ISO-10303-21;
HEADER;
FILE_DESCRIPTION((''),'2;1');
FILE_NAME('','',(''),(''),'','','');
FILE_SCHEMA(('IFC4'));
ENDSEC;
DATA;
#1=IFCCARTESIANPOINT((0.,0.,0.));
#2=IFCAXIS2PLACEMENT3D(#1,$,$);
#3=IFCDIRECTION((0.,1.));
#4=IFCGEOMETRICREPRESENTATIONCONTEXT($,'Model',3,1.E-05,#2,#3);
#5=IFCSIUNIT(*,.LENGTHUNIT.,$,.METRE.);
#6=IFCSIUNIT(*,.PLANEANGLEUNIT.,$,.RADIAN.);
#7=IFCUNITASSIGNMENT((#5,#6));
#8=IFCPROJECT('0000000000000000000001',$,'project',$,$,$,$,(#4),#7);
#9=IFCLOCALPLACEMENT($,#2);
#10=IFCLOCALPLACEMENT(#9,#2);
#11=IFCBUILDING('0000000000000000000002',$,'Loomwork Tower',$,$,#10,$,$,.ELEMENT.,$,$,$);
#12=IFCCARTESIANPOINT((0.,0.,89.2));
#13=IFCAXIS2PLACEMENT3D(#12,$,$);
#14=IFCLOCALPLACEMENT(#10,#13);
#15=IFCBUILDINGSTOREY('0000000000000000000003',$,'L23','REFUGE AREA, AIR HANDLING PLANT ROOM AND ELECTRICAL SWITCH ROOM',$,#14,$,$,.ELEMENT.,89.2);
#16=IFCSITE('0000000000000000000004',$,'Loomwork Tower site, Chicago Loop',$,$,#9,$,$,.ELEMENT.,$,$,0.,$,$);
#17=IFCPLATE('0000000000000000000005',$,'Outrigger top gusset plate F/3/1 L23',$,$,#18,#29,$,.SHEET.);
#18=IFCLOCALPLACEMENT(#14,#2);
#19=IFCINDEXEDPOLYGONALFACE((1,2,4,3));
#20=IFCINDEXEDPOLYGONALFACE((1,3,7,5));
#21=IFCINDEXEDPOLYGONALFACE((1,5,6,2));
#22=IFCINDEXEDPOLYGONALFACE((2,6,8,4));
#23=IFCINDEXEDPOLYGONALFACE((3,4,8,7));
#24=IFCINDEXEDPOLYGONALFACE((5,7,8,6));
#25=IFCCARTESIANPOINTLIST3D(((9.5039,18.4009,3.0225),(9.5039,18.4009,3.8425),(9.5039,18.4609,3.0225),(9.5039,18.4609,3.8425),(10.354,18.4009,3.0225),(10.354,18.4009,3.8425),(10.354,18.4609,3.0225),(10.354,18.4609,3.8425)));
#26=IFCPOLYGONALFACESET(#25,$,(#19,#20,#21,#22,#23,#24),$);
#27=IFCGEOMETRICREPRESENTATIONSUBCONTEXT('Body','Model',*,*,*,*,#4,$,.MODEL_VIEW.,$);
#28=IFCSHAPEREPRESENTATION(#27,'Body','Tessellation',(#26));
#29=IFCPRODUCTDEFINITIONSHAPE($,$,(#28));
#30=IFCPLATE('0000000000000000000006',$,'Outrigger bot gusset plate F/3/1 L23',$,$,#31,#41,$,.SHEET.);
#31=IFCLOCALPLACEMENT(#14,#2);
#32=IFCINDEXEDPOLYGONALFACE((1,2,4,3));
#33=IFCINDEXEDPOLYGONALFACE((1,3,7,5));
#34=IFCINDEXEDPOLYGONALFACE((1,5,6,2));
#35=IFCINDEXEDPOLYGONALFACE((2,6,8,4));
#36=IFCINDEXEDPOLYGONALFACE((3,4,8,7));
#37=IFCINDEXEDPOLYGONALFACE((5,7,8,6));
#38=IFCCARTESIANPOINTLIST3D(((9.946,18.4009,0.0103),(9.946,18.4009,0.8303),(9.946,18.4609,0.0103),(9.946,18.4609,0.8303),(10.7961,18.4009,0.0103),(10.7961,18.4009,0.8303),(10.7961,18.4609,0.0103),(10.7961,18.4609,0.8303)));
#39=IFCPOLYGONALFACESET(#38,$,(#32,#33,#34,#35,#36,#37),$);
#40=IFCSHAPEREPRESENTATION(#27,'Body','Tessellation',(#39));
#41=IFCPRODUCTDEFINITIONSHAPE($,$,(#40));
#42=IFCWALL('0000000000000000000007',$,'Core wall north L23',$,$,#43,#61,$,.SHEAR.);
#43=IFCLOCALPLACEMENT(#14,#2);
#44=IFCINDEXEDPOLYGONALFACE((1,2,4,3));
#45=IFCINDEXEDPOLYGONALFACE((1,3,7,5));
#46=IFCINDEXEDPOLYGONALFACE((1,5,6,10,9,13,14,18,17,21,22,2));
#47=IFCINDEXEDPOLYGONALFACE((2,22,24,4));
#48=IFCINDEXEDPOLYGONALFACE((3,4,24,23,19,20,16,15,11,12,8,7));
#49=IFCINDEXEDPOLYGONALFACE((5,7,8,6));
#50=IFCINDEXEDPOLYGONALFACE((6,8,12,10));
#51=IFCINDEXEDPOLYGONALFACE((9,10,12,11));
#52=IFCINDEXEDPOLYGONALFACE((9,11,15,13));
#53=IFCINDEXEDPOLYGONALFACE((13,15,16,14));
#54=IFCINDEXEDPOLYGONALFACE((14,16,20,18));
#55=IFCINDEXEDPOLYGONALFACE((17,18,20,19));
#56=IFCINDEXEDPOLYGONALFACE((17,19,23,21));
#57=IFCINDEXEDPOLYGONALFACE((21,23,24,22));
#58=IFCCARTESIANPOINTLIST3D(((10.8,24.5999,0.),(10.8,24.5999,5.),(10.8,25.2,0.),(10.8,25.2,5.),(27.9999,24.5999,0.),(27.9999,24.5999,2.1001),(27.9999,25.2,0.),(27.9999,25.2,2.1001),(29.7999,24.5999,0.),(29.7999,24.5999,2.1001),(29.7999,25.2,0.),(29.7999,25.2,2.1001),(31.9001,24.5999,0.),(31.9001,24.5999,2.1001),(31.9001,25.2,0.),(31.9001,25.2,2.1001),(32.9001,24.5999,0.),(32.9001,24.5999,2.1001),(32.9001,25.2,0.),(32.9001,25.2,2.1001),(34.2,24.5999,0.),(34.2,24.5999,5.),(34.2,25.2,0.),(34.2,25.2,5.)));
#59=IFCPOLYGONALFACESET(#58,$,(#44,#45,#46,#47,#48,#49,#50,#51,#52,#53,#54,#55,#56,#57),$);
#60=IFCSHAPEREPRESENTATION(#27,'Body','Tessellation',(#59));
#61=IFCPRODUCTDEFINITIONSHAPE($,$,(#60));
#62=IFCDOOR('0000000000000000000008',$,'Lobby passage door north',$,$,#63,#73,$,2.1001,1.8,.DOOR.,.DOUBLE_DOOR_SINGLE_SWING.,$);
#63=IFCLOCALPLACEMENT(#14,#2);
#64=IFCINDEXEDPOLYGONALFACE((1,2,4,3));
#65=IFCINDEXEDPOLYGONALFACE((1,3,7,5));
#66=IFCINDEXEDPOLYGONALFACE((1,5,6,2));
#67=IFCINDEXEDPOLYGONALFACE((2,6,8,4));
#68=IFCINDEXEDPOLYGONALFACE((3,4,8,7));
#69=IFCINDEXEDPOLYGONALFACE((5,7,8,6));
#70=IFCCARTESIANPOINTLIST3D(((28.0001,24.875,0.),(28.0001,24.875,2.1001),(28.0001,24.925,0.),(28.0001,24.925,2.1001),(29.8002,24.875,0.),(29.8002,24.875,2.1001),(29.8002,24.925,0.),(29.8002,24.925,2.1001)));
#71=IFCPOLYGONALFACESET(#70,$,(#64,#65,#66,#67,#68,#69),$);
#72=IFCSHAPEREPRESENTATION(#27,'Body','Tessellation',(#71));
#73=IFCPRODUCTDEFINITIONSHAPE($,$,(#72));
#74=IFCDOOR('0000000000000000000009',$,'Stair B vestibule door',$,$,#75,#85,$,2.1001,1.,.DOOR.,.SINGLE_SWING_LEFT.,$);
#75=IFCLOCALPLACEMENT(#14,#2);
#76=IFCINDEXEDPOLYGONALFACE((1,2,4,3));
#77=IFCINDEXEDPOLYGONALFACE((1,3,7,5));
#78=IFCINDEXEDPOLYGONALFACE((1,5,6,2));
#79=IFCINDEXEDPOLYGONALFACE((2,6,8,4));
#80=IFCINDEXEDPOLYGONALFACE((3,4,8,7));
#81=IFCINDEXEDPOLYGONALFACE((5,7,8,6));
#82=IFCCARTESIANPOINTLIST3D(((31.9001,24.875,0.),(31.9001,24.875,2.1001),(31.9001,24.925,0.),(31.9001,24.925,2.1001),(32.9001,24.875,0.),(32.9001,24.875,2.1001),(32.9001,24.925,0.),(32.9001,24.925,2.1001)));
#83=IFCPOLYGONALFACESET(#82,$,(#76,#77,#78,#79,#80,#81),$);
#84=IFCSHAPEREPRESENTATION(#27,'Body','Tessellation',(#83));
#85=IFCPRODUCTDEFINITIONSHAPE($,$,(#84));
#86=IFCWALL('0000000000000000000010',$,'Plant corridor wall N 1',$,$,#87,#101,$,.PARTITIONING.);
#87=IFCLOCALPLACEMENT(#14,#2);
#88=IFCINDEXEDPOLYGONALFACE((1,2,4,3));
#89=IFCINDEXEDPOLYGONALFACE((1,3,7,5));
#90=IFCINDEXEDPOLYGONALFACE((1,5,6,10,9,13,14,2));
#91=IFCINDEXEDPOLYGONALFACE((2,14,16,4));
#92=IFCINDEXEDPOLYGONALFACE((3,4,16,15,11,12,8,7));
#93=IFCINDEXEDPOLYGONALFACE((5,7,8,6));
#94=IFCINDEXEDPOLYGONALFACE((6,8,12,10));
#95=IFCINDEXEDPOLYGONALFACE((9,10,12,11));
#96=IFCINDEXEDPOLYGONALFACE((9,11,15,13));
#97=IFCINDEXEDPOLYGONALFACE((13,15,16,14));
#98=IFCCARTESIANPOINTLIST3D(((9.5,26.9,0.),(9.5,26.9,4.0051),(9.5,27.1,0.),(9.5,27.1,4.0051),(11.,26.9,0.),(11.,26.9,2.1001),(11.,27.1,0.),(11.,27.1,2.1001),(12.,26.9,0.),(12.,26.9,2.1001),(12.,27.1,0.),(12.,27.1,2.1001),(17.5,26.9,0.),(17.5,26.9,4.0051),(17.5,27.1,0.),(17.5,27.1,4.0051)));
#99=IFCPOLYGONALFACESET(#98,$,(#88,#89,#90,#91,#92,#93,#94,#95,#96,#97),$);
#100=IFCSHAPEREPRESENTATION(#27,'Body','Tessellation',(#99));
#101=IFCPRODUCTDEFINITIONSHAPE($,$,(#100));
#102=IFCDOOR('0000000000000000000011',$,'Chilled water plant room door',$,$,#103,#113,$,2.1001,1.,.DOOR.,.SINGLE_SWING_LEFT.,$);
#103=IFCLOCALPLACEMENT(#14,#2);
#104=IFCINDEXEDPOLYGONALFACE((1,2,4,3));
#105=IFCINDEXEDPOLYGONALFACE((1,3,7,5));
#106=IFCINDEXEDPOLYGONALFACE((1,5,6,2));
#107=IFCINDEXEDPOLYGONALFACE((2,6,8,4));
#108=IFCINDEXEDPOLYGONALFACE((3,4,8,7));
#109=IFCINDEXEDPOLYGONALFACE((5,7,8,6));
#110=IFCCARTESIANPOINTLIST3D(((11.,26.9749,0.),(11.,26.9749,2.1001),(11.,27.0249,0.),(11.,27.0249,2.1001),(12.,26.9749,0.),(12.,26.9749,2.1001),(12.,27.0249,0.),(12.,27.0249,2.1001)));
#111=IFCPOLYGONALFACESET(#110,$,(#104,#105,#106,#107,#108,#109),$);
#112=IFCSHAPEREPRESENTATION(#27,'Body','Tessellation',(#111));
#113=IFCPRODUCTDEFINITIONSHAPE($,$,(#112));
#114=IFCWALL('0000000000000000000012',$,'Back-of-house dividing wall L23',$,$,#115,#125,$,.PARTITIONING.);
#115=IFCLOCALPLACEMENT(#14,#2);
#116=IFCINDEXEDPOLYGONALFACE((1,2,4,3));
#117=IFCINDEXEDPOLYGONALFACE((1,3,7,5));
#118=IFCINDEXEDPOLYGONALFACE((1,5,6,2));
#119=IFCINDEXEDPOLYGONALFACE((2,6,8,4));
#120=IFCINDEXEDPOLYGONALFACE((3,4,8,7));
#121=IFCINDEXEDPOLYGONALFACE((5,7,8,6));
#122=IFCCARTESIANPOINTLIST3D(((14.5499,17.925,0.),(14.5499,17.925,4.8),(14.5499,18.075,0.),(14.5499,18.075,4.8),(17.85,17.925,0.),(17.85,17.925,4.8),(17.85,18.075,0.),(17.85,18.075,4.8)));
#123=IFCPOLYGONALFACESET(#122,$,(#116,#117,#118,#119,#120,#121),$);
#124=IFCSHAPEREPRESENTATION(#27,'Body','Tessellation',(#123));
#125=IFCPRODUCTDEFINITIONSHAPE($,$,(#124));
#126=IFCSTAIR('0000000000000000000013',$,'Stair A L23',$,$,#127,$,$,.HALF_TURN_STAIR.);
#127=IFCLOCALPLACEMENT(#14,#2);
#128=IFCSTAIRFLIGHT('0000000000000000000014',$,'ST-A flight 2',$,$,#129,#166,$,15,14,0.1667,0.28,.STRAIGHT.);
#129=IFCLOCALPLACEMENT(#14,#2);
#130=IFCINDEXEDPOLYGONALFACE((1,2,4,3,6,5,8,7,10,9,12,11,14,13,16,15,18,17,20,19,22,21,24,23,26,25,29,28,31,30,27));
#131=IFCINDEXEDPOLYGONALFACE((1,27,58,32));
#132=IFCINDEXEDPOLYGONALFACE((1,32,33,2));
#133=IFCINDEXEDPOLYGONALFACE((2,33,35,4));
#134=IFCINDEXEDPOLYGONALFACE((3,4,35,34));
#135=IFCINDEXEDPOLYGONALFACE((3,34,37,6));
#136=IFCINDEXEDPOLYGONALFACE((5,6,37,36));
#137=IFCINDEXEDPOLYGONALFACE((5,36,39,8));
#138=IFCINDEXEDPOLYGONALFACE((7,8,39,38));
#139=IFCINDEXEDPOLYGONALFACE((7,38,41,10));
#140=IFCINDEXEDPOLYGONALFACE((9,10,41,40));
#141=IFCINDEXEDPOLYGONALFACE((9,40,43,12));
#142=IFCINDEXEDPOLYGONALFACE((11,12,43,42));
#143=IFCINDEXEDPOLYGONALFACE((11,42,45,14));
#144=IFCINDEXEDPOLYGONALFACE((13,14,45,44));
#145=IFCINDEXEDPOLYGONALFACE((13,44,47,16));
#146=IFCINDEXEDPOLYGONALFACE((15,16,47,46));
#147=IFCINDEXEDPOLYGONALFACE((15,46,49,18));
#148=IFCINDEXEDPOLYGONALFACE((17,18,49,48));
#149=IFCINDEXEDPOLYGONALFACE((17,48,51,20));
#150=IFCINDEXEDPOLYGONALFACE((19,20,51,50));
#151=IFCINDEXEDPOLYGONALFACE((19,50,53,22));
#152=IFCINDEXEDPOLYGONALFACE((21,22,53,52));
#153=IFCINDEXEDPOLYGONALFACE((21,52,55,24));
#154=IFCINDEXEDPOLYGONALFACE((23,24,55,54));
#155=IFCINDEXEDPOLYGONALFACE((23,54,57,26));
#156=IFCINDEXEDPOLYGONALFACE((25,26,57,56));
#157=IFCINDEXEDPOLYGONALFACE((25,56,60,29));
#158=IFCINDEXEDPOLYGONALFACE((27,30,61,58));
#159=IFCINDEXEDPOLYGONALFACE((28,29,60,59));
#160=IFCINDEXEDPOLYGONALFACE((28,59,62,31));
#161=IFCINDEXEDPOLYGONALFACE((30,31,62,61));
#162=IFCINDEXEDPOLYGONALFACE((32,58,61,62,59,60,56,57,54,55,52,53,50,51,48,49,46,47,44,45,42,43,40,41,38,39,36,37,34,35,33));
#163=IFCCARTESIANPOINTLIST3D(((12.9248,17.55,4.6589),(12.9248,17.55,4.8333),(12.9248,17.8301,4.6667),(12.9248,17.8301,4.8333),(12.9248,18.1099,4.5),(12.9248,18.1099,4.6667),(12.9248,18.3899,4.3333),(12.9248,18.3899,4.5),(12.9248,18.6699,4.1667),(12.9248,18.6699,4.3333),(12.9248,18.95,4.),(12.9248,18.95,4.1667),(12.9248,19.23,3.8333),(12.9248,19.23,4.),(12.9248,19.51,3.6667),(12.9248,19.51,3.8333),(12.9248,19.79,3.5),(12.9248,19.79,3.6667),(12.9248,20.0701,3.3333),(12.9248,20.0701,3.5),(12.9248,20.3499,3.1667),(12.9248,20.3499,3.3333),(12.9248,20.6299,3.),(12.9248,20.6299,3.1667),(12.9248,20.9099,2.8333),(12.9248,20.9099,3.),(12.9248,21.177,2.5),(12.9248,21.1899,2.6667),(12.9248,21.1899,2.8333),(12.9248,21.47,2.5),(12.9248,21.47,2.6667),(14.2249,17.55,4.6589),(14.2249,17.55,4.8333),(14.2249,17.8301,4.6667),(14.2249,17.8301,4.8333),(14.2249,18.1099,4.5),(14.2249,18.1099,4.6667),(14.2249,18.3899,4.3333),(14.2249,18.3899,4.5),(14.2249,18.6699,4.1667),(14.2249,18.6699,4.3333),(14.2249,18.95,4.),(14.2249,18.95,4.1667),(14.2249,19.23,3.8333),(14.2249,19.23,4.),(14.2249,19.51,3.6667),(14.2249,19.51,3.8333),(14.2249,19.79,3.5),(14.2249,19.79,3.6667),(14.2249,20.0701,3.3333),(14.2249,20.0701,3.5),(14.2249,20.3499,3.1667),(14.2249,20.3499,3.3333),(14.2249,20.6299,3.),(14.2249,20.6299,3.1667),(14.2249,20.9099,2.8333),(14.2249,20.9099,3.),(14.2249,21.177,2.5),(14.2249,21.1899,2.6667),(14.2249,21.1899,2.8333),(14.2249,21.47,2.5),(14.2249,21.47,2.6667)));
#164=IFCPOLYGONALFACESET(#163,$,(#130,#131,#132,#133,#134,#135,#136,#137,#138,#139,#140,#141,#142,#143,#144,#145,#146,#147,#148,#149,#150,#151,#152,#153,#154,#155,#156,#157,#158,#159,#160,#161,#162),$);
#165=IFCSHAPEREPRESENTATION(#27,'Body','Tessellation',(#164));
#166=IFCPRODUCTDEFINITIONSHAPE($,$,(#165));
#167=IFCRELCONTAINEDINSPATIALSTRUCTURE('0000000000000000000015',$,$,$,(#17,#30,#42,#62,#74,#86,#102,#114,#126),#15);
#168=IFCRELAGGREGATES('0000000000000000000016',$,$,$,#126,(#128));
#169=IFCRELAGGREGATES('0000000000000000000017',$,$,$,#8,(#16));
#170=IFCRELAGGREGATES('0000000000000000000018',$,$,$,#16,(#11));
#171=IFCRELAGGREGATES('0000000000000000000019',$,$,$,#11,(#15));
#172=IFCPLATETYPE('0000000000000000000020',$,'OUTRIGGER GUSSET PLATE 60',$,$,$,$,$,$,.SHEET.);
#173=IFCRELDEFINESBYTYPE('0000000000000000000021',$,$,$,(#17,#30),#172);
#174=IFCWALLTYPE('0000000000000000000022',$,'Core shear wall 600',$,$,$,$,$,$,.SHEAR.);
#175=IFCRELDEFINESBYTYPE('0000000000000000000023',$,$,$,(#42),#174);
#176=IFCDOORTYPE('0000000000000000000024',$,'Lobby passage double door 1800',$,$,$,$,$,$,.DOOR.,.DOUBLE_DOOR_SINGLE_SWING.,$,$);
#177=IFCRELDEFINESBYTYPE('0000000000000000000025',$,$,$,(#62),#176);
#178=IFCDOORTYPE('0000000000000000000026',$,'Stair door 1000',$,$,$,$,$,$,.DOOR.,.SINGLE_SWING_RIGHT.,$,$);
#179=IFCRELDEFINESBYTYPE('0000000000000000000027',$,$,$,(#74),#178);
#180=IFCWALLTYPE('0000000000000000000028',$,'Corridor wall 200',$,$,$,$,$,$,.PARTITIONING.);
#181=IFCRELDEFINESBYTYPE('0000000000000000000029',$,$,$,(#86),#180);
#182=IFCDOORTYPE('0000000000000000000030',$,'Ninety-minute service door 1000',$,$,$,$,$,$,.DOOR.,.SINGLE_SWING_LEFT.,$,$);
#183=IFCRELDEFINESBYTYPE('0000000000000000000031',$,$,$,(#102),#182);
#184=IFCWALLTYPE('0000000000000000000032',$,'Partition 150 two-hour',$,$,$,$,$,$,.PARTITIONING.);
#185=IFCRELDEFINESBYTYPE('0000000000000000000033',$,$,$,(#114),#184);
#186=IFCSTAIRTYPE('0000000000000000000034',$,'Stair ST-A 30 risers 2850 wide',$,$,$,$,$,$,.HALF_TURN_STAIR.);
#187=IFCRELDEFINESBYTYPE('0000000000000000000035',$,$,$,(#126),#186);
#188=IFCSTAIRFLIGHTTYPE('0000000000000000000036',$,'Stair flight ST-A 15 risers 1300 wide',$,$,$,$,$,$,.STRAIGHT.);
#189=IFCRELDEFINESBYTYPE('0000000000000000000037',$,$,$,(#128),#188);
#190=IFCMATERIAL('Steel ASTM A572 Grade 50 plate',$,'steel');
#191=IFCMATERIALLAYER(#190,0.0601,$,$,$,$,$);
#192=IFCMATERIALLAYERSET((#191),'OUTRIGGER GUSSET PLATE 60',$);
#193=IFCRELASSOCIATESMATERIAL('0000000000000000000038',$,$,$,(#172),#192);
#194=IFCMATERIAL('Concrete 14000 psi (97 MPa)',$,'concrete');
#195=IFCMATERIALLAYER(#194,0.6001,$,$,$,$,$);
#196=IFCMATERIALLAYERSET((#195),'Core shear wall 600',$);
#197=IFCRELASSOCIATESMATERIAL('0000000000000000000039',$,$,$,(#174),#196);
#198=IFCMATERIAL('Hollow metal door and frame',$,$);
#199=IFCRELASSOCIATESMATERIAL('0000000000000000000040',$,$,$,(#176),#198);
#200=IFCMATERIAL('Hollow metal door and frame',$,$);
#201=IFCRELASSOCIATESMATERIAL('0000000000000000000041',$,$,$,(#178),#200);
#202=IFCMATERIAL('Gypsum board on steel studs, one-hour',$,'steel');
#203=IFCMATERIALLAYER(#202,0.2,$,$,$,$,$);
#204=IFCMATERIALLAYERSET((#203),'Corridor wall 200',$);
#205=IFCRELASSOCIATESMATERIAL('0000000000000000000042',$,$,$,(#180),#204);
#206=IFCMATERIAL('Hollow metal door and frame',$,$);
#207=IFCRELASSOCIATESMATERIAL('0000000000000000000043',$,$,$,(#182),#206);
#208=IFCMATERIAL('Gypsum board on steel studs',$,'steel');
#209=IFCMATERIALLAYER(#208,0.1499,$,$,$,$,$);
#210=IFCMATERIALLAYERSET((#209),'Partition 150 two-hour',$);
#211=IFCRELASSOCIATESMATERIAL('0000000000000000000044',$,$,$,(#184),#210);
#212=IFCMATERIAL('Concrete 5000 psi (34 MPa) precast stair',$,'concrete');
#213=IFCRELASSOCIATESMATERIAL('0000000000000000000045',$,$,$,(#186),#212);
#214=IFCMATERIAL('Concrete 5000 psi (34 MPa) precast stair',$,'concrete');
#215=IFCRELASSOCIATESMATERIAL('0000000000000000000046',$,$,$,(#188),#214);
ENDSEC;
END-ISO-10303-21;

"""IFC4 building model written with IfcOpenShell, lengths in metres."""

from ifc_helpers import new_model, si_unit, direction, frame, frame_2d, origin, origin_2d, place, context, subcontext, project, spatial, polyline, rectangle, outline, extrude, material, layer, layer_set, type_object, element, fill, aggregate, save


model = new_model("IFC4")

# Units and contexts
model_context = context("Model", 3, precision=1e-05, world=origin(), true_north=direction((0.0, 1.0)))
body_context = subcontext(model_context, "Body", "Model", "MODEL_VIEW")
ifc_project = project(units=[si_unit("LENGTHUNIT", "METRE"), si_unit("PLANEANGLEUNIT", "RADIAN")], contexts=[model_context])

# Site, building, storey
site_placement = place(None, origin())
site = spatial("IfcSite", under=ifc_project, at=site_placement, Name="Loomwork Tower site, Chicago Loop", CompositionType="ELEMENT", RefElevation=0.0)
building_placement = place(site_placement, origin())
building = spatial("IfcBuilding", under=site, at=building_placement, Name="Loomwork Tower", CompositionType="ELEMENT")
storey_placement = place(building_placement, frame((0.0, 0.0, 89.2)))
storey = spatial("IfcBuildingStorey", under=building, at=storey_placement, Name="L23", Description="REFUGE AREA, AIR HANDLING PLANT ROOM AND ELECTRICAL SWITCH ROOM", CompositionType="ELEMENT", Elevation=89.2)

# Plates
ifc_material_1 = material(Name="Steel ASTM A572 Grade 50 plate", Category="steel")
ifc_layer_1 = layer(ifc_material_1, 0.0601)
ifc_layer_set_1 = layer_set([ifc_layer_1], Name="OUTRIGGER GUSSET PLATE 60")
plate_type_1 = type_object("IfcPlateType", Name="OUTRIGGER GUSSET PLATE 60", PredefinedType="SHEET", material=ifc_layer_set_1)
for number, where, z_axis, x_axis, name in (
    (1, (9.929, 18.4309, 3.0225), (0.0, 0.0, 1.0), (1.0, 0.0, 0.0), "Outrigger top gusset plate F/3/1 L23"),
    (2, (10.3711, 18.4309, 0.0103), (0.0, 0.0, 1.0), (1.0, 0.0, 0.0), "Outrigger bot gusset plate F/3/1 L23"),
):
    element("IfcPlate", number, at=place(storey_placement, frame(where, z_axis=z_axis, x_axis=x_axis)), inside=storey, type_object=plate_type_1, Name=name, PredefinedType="SHEET", context=body_context, shape_type="SweptSolid", body=[
        extrude(rectangle(XDim=0.8501, YDim=0.0601, at=origin_2d()), origin(), (0.0, 0.0, 1.0), 0.8201),
    ])

# Wall, openings, doors
ifc_material_2 = material(Name="Concrete 14000 psi (97 MPa)", Category="concrete")
ifc_layer_2 = layer(ifc_material_2, 0.6001)
ifc_layer_set_2 = layer_set([ifc_layer_2], Name="Core shear wall 600")
wall_type_1 = type_object("IfcWallType", Name="Core shear wall 600", PredefinedType="SHEAR", material=ifc_layer_set_2)
wall_1_placement = place(storey_placement, frame((10.8, 24.8999, 0.0), z_axis=(0.0, 0.0, 1.0), x_axis=(1.0, 0.0, 0.0)))
wall_1 = element("IfcWall", 3, at=wall_1_placement, inside=storey, type_object=wall_type_1, Name="Core wall north L23", PredefinedType="SHEAR", context=body_context, shape_type="SweptSolid", body=[
    extrude(rectangle(XDim=23.3999, YDim=0.6001, at=frame_2d((11.7, 0.0))), origin(), (0.0, 0.0, 1.0), 5.0),
])
opening_1_placement = place(wall_1_placement, frame((17.2, 0.0, 0.0)))
opening_1 = element("IfcOpeningElement", 4, at=opening_1_placement, cuts=wall_1, PredefinedType="OPENING", context=body_context, shape_type="SweptSolid", body=[
    extrude(rectangle(XDim=1.8, YDim=2.1001, at=frame_2d((0.8999, 1.05))), frame((0.0, 0.3101, 0.0), z_axis=(0.0, -1.0, 0.0), x_axis=(1.0, 0.0, 0.0)), (0.0, 0.0, 1.0), 0.6201),
])
opening_2_placement = place(wall_1_placement, frame((21.1001, 0.0, 0.0)))
opening_2 = element("IfcOpeningElement", 5, at=opening_2_placement, cuts=wall_1, PredefinedType="OPENING", context=body_context, shape_type="SweptSolid", body=[
    extrude(rectangle(XDim=1.0, YDim=2.1001, at=frame_2d((0.5, 1.05))), frame((0.0, 0.3101, 0.0), z_axis=(0.0, -1.0, 0.0), x_axis=(1.0, 0.0, 0.0)), (0.0, 0.0, 1.0), 0.6201),
])
ifc_material_3 = material(Name="Hollow metal door and frame")
door_type_1 = type_object("IfcDoorType", Name="Lobby passage double door 1800", OperationType="DOUBLE_DOOR_SINGLE_SWING", PredefinedType="DOOR", material=ifc_material_3)
door_1_placement = place(opening_1_placement, frame((1.8, 0.0, 0.0), z_axis=(0.0, 0.0, 1.0), x_axis=(-1.0, 0.0, 0.0)))
door_1 = element("IfcDoor", 6, at=door_1_placement, inside=storey, type_object=door_type_1, Name="Lobby passage door north", OperationType="DOUBLE_DOOR_SINGLE_SWING", OverallHeight=2.1001, OverallWidth=1.8, PredefinedType="DOOR", context=body_context, shape_type="SweptSolid", body=[
    extrude(rectangle(XDim=1.8, YDim=2.1001, at=frame_2d((0.8999, 1.05))), frame((0.0, 0.0249, 0.0), z_axis=(0.0, -1.0, 0.0), x_axis=(1.0, 0.0, 0.0)), (0.0, 0.0, 1.0), 0.05),
])
fill(opening_1, door_1)
ifc_material_4 = material(Name="Hollow metal door and frame")
door_type_2 = type_object("IfcDoorType", Name="Stair door 1000", OperationType="SINGLE_SWING_RIGHT", PredefinedType="DOOR", material=ifc_material_4)
door_2_placement = place(opening_2_placement, frame((1.0, 0.0, 0.0), z_axis=(0.0, 0.0, 1.0), x_axis=(-1.0, 0.0, 0.0)))
door_2 = element("IfcDoor", 7, at=door_2_placement, inside=storey, type_object=door_type_2, Name="Stair B vestibule door", OperationType="SINGLE_SWING_LEFT", OverallHeight=2.1001, OverallWidth=1.0, PredefinedType="DOOR", context=body_context, shape_type="SweptSolid", body=[
    extrude(rectangle(XDim=1.0, YDim=2.1001, at=frame_2d((0.5, 1.05))), frame((0.0, 0.0249, 0.0), z_axis=(0.0, -1.0, 0.0), x_axis=(1.0, 0.0, 0.0)), (0.0, 0.0, 1.0), 0.05),
])
fill(opening_2, door_2)

# Wall, opening, door
ifc_material_5 = material(Name="Gypsum board on steel studs, one-hour", Category="steel")
ifc_layer_3 = layer(ifc_material_5, 0.2)
ifc_layer_set_3 = layer_set([ifc_layer_3], Name="Corridor wall 200")
wall_type_2 = type_object("IfcWallType", Name="Corridor wall 200", PredefinedType="PARTITIONING", material=ifc_layer_set_3)
wall_2_placement = place(storey_placement, frame((9.5, 27.0, 0.0), z_axis=(0.0, 0.0, 1.0), x_axis=(1.0, 0.0, 0.0)))
wall_2 = element("IfcWall", 8, at=wall_2_placement, inside=storey, type_object=wall_type_2, Name="Plant corridor wall N 1", PredefinedType="PARTITIONING", context=body_context, shape_type="SweptSolid", body=[
    extrude(rectangle(XDim=8.0, YDim=0.2, at=frame_2d((4.0, 0.0))), origin(), (0.0, 0.0, 1.0), 4.0051),
])
opening_3_placement = place(wall_2_placement, frame((1.5, 0.0, 0.0)))
opening_3 = element("IfcOpeningElement", 9, at=opening_3_placement, cuts=wall_2, PredefinedType="OPENING", context=body_context, shape_type="SweptSolid", body=[
    extrude(rectangle(XDim=1.0, YDim=2.1001, at=frame_2d((0.5, 1.05))), frame((0.0, 0.1099, 0.0), z_axis=(0.0, -1.0, 0.0), x_axis=(1.0, 0.0, 0.0)), (0.0, 0.0, 1.0), 0.22),
])
ifc_material_6 = material(Name="Hollow metal door and frame")
door_type_3 = type_object("IfcDoorType", Name="Ninety-minute service door 1000", OperationType="SINGLE_SWING_LEFT", PredefinedType="DOOR", material=ifc_material_6)
door_3_placement = place(opening_3_placement, origin())
door_3 = element("IfcDoor", 10, at=door_3_placement, inside=storey, type_object=door_type_3, Name="Chilled water plant room door", OperationType="SINGLE_SWING_LEFT", OverallHeight=2.1001, OverallWidth=1.0, PredefinedType="DOOR", context=body_context, shape_type="SweptSolid", body=[
    extrude(rectangle(XDim=1.0, YDim=2.1001, at=frame_2d((0.5, 1.05))), frame((0.0, 0.0249, 0.0), z_axis=(0.0, -1.0, 0.0), x_axis=(1.0, 0.0, 0.0)), (0.0, 0.0, 1.0), 0.05),
])
fill(opening_3, door_3)

# Wall
ifc_material_7 = material(Name="Gypsum board on steel studs", Category="steel")
ifc_layer_4 = layer(ifc_material_7, 0.1499)
ifc_layer_set_4 = layer_set([ifc_layer_4], Name="Partition 150 two-hour")
wall_type_3 = type_object("IfcWallType", Name="Partition 150 two-hour", PredefinedType="PARTITIONING", material=ifc_layer_set_4)
wall_3_placement = place(storey_placement, frame((14.55, 18.0, 0.0), z_axis=(0.0, 0.0, 1.0), x_axis=(1.0, 0.0, 0.0)))
element("IfcWall", 11, at=wall_3_placement, inside=storey, type_object=wall_type_3, Name="Back-of-house dividing wall L23", PredefinedType="PARTITIONING", context=body_context, shape_type="SweptSolid", body=[
    extrude(rectangle(XDim=3.3, YDim=0.1499, at=frame_2d((1.6499, 0.0))), origin(), (0.0, 0.0, 1.0), 4.8),
])

# Stair, stair flight
ifc_material_8 = material(Name="Concrete 5000 psi (34 MPa) precast stair", Category="concrete")
stair_type = type_object("IfcStairType", Name="Stair ST-A 30 risers 2850 wide", PredefinedType="HALF_TURN_STAIR", material=ifc_material_8)
stair_placement = place(storey_placement, origin())
stair = element("IfcStair", 12, at=stair_placement, inside=storey, type_object=stair_type, Name="Stair A L23", PredefinedType="HALF_TURN_STAIR")
ifc_material_9 = material(Name="Concrete 5000 psi (34 MPa) precast stair", Category="concrete")
stair_flight_type = type_object("IfcStairFlightType", Name="Stair flight ST-A 15 risers 1300 wide", PredefinedType="STRAIGHT", material=ifc_material_9)
stair_flight_placement = place(storey_placement, frame((13.575, 21.47, 2.5), z_axis=(0.0, 0.0, 1.0), x_axis=(0.0, -1.0, 0.0)))
stair_flight = element("IfcStairFlight", 13, at=stair_flight_placement, type_object=stair_flight_type, Name="ST-A flight 2", NumberOfRisers=15, NumberOfTreads=14, PredefinedType="STRAIGHT", RiserHeight=0.1667, TreadLength=0.28, context=body_context, shape_type="SweptSolid", body=[
    extrude(outline(polyline([(0.0, 0.0), (0.0, 0.1667), (0.28, 0.1667), (0.28, 0.3333), (0.5601, 0.3333), (0.5601, 0.5), (0.8401, 0.5), (0.8401, 0.6667), (1.1201, 0.6667), (1.1201, 0.8333), (1.3999, 0.8333), (1.3999, 1.0), (1.6799, 1.0), (1.6799, 1.1667), (1.96, 1.1667), (1.96, 1.3333), (2.24, 1.3333), (2.24, 1.5), (2.52, 1.5), (2.52, 1.6667), (2.8, 1.6667), (2.8, 1.8333), (3.0801, 1.8333), (3.0801, 2.0), (3.3601, 2.0), (3.3601, 2.1667), (3.6399, 2.1667), (3.6399, 2.3333), (3.9199, 2.3333), (3.9199, 2.5), (3.9199, 2.1589), (0.293, 0.0), (0.0, 0.0)])), frame((0.0, 0.6499, 0.0), z_axis=(0.0, -1.0, 0.0), x_axis=(1.0, 0.0, 0.0)), (0.0, 0.0, 1.0), 1.3),
])
aggregate(stair, [stair_flight])

save(model, "model.ifc")
